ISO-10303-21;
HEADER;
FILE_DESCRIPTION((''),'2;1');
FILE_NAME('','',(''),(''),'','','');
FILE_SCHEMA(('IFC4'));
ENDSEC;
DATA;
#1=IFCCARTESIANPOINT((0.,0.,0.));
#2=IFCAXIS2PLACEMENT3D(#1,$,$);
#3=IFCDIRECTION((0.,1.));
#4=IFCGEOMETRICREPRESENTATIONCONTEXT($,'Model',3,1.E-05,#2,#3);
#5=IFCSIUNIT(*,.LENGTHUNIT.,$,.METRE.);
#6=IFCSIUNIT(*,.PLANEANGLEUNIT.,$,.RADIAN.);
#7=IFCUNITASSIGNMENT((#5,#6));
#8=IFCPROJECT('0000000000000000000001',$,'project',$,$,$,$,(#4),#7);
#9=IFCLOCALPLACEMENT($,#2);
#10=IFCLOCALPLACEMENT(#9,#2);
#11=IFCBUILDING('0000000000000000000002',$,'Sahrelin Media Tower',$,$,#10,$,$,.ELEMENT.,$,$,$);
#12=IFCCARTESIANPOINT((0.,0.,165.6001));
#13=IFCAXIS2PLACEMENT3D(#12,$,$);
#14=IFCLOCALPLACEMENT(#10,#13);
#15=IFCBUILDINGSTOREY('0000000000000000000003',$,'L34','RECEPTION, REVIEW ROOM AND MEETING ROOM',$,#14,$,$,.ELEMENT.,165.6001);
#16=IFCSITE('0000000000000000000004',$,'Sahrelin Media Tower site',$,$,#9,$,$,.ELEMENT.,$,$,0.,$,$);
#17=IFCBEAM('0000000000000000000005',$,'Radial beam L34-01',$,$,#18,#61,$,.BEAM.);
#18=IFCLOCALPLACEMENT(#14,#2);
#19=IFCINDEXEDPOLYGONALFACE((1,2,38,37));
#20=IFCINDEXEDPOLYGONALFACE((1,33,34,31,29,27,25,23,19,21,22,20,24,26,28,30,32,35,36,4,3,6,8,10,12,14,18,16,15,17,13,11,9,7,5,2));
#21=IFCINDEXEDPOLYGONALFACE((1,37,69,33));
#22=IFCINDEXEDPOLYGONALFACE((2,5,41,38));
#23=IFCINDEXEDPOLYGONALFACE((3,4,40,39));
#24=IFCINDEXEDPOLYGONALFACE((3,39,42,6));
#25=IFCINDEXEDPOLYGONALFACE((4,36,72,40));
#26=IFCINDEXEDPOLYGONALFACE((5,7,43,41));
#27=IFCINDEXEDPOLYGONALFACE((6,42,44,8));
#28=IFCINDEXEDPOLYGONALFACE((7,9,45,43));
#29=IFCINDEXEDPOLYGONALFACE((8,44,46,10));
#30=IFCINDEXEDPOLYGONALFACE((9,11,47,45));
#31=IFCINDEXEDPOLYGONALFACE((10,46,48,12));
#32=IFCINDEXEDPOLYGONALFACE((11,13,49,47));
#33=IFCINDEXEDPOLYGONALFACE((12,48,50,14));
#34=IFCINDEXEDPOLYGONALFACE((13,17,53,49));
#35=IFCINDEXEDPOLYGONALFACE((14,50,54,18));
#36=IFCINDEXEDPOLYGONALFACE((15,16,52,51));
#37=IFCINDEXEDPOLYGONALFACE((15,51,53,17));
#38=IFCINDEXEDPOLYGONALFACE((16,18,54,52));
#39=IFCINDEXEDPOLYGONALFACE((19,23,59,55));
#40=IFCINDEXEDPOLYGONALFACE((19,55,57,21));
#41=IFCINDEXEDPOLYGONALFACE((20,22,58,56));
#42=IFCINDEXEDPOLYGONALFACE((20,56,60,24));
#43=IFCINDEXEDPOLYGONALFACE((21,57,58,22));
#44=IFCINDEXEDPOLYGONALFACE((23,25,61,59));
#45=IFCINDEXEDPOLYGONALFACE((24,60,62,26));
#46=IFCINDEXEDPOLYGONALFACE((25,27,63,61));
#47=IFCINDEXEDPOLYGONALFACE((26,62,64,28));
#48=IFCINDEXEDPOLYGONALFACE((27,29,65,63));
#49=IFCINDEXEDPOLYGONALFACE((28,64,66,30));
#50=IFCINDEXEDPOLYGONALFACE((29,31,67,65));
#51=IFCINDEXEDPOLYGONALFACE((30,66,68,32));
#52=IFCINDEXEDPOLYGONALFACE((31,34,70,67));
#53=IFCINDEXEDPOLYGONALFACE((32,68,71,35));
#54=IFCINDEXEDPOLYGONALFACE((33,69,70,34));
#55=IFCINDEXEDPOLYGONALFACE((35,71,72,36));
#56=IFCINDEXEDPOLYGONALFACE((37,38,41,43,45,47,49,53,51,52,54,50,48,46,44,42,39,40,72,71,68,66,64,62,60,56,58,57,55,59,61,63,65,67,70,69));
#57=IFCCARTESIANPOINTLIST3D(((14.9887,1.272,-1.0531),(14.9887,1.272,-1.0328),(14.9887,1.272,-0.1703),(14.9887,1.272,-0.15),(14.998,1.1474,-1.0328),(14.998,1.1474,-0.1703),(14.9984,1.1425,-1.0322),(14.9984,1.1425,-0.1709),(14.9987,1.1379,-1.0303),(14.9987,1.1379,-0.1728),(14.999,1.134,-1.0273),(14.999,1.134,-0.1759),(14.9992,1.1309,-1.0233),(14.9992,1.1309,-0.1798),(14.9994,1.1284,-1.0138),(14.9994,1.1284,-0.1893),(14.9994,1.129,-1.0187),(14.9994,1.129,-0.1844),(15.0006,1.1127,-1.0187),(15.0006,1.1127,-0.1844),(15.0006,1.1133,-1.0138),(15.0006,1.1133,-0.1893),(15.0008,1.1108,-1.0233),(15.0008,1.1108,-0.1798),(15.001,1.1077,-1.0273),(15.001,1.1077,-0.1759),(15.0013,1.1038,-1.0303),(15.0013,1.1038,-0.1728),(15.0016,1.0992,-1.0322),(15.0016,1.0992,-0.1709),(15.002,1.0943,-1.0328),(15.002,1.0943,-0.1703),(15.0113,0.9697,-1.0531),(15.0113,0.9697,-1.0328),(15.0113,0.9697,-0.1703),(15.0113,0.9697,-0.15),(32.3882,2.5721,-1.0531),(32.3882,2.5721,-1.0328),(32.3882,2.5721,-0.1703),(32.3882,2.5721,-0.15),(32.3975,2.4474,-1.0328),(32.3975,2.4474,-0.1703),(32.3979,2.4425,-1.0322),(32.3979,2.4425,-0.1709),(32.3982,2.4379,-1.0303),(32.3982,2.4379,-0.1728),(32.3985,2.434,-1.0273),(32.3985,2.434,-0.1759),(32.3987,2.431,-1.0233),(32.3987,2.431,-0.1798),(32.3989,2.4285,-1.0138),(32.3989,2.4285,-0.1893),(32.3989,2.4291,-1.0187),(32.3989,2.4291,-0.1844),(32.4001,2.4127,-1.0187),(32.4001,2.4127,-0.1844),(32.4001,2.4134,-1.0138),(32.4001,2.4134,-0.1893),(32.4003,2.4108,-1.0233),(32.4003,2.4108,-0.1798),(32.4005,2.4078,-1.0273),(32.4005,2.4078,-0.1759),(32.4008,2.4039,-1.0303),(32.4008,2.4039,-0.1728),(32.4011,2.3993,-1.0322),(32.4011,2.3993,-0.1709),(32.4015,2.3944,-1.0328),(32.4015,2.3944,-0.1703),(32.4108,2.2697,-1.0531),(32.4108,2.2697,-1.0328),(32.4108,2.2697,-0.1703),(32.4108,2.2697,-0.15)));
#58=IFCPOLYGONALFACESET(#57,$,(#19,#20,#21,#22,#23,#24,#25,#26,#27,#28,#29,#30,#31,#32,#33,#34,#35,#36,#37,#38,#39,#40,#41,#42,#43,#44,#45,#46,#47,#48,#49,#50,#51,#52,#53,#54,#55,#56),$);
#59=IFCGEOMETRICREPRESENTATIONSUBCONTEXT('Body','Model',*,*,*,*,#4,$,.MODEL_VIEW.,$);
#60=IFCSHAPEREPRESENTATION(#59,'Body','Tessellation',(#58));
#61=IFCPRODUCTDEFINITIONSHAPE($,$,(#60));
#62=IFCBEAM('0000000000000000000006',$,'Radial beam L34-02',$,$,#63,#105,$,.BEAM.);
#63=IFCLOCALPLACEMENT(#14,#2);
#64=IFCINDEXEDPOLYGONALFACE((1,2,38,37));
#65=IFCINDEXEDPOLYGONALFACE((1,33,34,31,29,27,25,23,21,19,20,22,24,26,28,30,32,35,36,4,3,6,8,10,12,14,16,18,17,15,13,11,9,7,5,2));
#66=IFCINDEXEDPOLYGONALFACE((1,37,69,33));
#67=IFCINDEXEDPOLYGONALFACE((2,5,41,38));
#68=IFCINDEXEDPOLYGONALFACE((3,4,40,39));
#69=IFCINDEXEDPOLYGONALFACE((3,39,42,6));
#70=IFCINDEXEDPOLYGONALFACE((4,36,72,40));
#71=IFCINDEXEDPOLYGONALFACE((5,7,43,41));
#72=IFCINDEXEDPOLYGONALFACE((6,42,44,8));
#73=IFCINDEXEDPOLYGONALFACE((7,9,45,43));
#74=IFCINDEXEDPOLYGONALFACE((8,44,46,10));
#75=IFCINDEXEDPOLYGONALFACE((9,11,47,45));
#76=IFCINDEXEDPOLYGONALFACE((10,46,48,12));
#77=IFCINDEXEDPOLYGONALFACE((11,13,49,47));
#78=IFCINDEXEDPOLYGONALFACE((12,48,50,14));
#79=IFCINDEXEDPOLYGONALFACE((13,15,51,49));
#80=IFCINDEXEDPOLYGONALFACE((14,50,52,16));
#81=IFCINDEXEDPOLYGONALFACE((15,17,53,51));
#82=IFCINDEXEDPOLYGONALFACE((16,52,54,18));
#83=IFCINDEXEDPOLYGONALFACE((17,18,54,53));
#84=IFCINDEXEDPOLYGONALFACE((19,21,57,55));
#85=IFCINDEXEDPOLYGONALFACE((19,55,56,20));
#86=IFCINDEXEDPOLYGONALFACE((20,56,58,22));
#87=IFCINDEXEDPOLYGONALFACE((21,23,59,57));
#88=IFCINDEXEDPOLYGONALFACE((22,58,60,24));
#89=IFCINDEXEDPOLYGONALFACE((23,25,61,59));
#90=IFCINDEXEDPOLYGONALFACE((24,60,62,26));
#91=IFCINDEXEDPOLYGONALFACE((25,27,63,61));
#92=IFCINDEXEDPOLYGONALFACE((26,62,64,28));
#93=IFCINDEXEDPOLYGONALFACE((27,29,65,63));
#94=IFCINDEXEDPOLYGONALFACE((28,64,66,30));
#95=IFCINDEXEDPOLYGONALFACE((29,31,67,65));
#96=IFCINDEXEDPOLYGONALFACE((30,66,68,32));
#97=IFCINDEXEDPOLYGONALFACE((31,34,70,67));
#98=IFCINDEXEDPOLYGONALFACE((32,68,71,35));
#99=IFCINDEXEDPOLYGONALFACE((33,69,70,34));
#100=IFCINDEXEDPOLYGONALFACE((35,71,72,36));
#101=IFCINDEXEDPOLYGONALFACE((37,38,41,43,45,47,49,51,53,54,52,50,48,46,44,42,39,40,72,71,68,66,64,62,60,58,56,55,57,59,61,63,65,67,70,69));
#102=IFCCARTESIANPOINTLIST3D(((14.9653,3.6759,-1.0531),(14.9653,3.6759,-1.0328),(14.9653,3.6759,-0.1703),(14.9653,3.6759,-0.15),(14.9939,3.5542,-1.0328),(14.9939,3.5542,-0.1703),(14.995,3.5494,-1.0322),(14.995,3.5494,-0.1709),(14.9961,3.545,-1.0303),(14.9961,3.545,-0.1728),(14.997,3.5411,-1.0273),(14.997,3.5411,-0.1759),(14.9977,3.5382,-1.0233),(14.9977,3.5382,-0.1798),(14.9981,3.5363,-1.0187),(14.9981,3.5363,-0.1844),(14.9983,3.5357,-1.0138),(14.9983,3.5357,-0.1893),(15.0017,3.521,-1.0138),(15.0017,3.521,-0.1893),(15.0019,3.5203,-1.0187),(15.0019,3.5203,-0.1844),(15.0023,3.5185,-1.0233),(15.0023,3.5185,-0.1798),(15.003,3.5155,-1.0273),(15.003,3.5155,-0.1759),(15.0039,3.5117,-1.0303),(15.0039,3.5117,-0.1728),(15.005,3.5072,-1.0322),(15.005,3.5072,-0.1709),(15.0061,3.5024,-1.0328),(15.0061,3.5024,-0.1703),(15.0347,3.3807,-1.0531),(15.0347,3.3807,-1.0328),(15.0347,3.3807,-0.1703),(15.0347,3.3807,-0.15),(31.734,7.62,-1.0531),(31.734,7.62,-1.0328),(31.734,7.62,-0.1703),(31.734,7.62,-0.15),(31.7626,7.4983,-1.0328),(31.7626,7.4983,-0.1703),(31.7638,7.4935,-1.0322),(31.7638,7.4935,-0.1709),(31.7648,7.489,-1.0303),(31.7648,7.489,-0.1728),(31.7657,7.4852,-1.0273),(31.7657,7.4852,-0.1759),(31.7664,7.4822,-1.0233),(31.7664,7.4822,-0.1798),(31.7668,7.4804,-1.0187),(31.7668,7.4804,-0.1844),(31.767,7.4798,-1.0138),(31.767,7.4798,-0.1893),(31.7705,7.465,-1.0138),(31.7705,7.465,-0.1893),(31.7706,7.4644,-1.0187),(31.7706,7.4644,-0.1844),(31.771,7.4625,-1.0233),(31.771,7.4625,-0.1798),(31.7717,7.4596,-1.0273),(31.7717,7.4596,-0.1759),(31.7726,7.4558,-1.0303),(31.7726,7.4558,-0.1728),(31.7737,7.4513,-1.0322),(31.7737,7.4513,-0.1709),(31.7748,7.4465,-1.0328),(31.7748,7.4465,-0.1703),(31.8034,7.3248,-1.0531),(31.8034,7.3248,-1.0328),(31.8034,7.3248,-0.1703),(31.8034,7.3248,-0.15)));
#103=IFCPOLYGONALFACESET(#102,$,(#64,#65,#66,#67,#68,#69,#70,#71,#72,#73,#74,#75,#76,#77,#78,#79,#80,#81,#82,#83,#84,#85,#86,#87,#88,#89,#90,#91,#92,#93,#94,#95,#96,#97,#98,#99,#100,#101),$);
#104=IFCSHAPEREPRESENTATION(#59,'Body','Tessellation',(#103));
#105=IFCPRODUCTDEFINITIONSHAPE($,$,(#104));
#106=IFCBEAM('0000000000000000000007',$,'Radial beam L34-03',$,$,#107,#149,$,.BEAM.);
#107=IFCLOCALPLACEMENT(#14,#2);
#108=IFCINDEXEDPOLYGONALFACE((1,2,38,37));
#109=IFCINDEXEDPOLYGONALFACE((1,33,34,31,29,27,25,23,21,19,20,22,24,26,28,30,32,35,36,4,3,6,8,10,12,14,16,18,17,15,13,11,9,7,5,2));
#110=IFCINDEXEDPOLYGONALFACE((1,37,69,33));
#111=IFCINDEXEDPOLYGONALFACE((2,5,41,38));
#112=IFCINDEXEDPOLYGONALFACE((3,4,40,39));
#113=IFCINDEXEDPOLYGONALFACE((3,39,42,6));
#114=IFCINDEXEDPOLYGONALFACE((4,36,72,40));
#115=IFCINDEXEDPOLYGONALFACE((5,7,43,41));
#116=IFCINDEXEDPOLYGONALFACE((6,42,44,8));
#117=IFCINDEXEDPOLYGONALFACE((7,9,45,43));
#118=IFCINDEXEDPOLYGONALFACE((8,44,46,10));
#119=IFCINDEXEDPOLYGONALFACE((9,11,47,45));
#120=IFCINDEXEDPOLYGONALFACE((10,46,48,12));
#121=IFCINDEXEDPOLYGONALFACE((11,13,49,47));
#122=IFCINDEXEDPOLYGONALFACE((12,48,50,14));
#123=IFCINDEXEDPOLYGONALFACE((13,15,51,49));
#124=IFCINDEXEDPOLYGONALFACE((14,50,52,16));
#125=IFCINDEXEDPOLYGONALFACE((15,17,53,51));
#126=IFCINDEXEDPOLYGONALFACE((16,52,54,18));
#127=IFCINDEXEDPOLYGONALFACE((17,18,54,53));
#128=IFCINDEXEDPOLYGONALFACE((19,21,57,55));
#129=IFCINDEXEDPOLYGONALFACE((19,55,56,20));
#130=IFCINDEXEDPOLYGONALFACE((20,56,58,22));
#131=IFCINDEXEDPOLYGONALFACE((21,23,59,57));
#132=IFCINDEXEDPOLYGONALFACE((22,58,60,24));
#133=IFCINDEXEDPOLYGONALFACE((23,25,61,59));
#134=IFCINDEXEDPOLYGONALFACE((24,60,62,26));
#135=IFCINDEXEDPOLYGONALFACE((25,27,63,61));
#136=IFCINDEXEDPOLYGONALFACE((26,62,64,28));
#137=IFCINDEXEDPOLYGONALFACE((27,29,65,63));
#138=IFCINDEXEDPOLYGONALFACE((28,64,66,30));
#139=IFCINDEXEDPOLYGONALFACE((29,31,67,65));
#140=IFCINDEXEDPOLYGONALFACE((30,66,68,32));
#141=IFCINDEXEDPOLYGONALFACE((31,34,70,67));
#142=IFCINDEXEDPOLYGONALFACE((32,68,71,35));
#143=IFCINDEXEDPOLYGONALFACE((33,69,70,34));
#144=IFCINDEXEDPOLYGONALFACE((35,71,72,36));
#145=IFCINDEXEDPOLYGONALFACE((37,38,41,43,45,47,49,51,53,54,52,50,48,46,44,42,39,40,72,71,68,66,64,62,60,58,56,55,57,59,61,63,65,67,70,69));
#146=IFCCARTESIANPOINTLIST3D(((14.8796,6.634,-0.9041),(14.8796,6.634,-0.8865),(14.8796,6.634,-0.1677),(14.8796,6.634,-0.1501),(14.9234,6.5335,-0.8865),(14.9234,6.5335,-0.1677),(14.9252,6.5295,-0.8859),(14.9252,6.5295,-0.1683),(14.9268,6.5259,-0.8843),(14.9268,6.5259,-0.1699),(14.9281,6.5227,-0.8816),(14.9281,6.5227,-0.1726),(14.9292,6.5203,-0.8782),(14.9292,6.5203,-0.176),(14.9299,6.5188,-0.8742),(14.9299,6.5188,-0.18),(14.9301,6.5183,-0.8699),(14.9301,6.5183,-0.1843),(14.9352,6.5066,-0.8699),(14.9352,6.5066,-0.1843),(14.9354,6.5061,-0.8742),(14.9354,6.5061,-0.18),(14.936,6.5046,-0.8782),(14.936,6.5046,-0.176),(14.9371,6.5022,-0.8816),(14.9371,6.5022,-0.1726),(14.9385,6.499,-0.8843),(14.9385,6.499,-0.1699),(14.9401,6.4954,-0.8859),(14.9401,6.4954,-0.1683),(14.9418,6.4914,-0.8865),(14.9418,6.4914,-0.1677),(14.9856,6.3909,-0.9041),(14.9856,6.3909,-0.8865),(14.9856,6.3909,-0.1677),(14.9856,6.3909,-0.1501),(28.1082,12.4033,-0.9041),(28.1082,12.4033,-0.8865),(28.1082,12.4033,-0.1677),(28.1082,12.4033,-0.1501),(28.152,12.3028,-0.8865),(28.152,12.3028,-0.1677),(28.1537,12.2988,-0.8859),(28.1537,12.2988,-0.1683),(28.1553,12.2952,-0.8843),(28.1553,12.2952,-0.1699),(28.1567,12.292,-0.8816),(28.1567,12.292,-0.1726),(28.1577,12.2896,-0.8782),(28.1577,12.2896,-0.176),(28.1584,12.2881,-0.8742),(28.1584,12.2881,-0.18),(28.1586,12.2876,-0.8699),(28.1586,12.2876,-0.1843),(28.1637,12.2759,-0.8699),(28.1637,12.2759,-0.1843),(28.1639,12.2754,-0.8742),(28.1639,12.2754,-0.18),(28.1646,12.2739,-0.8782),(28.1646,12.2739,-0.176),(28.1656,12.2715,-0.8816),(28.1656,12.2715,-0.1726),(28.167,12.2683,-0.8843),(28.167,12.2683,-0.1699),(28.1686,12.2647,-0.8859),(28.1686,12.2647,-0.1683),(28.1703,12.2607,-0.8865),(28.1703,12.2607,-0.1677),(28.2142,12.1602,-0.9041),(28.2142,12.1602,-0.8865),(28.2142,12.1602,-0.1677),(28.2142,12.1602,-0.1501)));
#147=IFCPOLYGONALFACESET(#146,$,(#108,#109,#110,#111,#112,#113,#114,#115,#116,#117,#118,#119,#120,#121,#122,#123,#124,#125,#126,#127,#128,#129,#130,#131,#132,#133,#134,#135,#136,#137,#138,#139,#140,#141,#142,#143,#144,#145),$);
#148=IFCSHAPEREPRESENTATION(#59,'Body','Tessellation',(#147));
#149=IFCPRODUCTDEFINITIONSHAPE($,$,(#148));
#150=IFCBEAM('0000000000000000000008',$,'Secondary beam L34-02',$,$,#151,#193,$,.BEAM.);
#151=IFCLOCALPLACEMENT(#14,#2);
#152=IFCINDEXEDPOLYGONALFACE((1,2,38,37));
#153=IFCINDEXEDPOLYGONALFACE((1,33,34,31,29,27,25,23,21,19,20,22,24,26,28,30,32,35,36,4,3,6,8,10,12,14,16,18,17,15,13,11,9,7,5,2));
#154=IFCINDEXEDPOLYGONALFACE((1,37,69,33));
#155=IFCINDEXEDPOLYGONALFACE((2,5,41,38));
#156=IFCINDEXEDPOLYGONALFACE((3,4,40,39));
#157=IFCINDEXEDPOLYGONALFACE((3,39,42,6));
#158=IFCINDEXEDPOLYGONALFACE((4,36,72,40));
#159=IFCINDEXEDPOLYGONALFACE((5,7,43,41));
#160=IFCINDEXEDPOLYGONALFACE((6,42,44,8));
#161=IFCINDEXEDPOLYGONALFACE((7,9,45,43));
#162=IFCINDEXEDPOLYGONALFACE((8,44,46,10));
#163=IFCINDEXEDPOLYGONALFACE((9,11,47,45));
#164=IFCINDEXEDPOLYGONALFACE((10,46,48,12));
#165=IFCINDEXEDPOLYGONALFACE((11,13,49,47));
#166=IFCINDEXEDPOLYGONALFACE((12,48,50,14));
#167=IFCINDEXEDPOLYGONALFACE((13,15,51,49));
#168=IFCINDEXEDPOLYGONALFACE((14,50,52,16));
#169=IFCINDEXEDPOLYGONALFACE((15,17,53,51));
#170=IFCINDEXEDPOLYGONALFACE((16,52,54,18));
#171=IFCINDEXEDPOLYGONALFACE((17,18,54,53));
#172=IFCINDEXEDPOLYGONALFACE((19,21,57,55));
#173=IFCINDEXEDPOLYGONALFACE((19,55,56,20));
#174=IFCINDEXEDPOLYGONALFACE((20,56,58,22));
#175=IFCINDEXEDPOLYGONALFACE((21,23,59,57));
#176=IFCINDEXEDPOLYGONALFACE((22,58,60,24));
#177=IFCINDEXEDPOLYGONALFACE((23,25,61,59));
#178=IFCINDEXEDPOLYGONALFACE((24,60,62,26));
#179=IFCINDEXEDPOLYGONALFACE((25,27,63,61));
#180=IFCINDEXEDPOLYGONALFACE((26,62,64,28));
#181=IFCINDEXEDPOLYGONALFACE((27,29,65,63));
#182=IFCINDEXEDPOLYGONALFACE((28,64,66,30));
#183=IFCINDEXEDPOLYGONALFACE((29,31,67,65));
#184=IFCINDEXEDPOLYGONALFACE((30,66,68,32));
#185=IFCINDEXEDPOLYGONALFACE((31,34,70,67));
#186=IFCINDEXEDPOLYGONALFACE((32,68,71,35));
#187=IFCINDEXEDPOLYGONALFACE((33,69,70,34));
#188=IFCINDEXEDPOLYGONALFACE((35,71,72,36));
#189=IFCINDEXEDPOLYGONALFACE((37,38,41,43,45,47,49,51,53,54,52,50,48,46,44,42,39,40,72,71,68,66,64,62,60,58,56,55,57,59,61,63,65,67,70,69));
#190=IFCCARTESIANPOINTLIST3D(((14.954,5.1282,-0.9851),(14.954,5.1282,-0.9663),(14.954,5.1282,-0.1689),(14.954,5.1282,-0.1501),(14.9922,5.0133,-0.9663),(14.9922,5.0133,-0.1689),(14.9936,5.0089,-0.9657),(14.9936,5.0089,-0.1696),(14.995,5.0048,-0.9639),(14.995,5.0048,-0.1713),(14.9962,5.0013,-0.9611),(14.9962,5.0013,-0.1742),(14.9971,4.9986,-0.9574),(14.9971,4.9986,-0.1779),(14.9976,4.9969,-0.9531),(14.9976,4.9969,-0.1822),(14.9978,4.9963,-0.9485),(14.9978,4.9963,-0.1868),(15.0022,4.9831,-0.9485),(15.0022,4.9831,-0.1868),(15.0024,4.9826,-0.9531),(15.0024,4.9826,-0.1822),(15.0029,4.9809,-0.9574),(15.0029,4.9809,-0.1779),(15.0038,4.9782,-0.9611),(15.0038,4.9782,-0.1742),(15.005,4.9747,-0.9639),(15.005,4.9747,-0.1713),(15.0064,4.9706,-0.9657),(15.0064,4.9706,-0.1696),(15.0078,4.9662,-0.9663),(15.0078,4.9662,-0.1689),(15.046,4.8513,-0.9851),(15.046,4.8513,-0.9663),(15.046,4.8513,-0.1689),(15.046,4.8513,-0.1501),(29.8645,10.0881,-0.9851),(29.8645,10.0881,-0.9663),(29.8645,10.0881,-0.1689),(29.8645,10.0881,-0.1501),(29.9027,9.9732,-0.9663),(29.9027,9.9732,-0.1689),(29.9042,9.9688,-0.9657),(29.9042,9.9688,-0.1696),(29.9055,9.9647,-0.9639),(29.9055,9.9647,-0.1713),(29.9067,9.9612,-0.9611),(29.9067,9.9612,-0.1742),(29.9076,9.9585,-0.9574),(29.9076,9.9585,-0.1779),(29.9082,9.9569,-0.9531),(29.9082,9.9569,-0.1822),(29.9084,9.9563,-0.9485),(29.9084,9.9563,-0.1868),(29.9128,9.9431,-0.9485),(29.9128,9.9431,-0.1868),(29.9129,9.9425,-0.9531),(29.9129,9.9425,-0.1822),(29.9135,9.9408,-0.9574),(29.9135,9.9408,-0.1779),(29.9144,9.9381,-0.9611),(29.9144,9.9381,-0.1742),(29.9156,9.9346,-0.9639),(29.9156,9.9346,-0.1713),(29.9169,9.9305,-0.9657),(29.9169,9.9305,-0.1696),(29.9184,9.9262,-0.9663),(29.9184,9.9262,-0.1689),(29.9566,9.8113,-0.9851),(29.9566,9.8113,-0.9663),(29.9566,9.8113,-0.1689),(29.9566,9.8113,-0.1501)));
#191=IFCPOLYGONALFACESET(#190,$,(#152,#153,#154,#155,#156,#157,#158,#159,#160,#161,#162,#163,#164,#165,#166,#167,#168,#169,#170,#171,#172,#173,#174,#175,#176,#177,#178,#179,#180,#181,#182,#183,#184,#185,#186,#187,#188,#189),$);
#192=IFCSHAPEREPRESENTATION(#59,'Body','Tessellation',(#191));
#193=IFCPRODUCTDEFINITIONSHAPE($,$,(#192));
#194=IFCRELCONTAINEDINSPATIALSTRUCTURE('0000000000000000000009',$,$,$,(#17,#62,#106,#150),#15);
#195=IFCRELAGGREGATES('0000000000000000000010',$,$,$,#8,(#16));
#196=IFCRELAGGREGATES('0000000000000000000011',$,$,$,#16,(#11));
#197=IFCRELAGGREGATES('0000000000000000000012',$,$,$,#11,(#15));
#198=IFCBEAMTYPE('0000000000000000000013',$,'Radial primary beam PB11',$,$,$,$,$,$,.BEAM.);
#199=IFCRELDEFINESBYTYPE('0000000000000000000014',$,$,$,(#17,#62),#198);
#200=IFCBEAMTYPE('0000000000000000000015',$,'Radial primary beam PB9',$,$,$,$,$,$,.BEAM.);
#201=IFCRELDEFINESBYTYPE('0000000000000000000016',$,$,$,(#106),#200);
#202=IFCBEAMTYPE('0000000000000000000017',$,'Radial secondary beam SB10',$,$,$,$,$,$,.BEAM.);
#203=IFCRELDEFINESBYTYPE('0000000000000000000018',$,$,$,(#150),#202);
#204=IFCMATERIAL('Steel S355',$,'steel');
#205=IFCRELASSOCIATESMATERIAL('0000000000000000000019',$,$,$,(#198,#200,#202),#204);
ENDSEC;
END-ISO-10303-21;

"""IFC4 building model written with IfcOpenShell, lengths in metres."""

from ifc_helpers import new_model, si_unit, direction, frame, origin, origin_2d, place, context, subcontext, project, spatial, i_section, extrude, material, material_profile, profile_set, type_object, element, save


model = new_model("IFC4")

# Units and contexts
model_context = context("Model", 3, precision=1e-05, world=origin(), true_north=direction((0.0, 1.0)))
body_context = subcontext(model_context, "Body", "Model", "MODEL_VIEW")
ifc_project = project(units=[si_unit("LENGTHUNIT", "METRE"), si_unit("PLANEANGLEUNIT", "RADIAN")], contexts=[model_context])

# Site, building, storey
site_placement = place(None, origin())
site = spatial("IfcSite", under=ifc_project, at=site_placement, Name="Sahrelin Media Tower site", CompositionType="ELEMENT", RefElevation=0.0)
building_placement = place(site_placement, origin())
building = spatial("IfcBuilding", under=site, at=building_placement, Name="Sahrelin Media Tower", CompositionType="ELEMENT")
storey_placement = place(building_placement, frame((0.0, 0.0, 165.6001)))
storey = spatial("IfcBuildingStorey", under=building, at=storey_placement, Name="L34", Description="RECEPTION, REVIEW ROOM AND MEETING ROOM", CompositionType="ELEMENT", Elevation=165.6001)

# Beams
ifc_material_1 = material(Name="Steel S355", Category="steel")
ifc_material_profile_1 = material_profile(ifc_material_1, i_section(OverallWidth=0.3032, OverallDepth=0.9031, WebThickness=0.0151, FlangeThickness=0.0203, FilletRadius=0.019, at=origin_2d()), Name="UB 914x305x201")
ifc_profile_set_1 = profile_set([ifc_material_profile_1], Name="Steel S355")
beam_type_1 = type_object("IfcBeamType", Name="Radial primary beam PB11", PredefinedType="BEAM", material=ifc_profile_set_1)
beam_1_placement = place(storey_placement, frame((15.0, 1.1208, -0.6016), z_axis=(0.99722, 0.07451, 0.0), x_axis=(-0.07451, 0.99722, 0.0)))
element("IfcBeam", 1, at=beam_1_placement, inside=storey, type_object=beam_type_1, Name="Radial beam L34-01", PredefinedType="BEAM", context=body_context, shape_type="SweptSolid", body=[
    extrude(i_section(OverallWidth=0.3032, OverallDepth=0.9031, WebThickness=0.0151, FlangeThickness=0.0203, FilletRadius=0.019, at=origin_2d()), origin(), (0.0, 0.0, 1.0), 17.448),
])
beam_2_placement = place(storey_placement, frame((15.0, 3.5283, -0.6016), z_axis=(0.973437, 0.228956, 0.0), x_axis=(-0.228956, 0.973437, 0.0)))
element("IfcBeam", 2, at=beam_2_placement, inside=storey, type_object=beam_type_1, Name="Radial beam L34-02", PredefinedType="BEAM", context=body_context, shape_type="SweptSolid", body=[
    extrude(i_section(OverallWidth=0.3032, OverallDepth=0.9031, WebThickness=0.0151, FlangeThickness=0.0203, FilletRadius=0.019, at=origin_2d()), origin(), (0.0, 0.0, 1.0), 17.2263),
])
ifc_material_profile_2 = material_profile(ifc_material_1, i_section(OverallWidth=0.2651, OverallDepth=0.7539, WebThickness=0.0127, FlangeThickness=0.0176, FilletRadius=0.0166, at=origin_2d()), Name="UB 762x267x147")
ifc_profile_set_2 = profile_set([ifc_material_profile_2], Name="Steel S355")
beam_type_2 = type_object("IfcBeamType", Name="Radial primary beam PB9", PredefinedType="BEAM", material=ifc_profile_set_2)
beam_3_placement = place(storey_placement, frame((14.9326, 6.5125, -0.5271), z_axis=(0.91662, 0.399761, 0.0), x_axis=(-0.399761, 0.91662, 0.0)))
element("IfcBeam", 3, at=beam_3_placement, inside=storey, type_object=beam_type_2, Name="Radial beam L34-03", PredefinedType="BEAM", context=body_context, shape_type="SweptSolid", body=[
    extrude(i_section(OverallWidth=0.2651, OverallDepth=0.7539, WebThickness=0.0127, FlangeThickness=0.0176, FilletRadius=0.0166, at=origin_2d()), origin(), (0.0, 0.0, 1.0), 14.4319),
])
ifc_material_profile_3 = material_profile(ifc_material_1, i_section(OverallWidth=0.2917, OverallDepth=0.835, WebThickness=0.0139, FlangeThickness=0.0188, FilletRadius=0.0178, at=origin_2d()), Name="UB 838x292x176")
ifc_profile_set_3 = profile_set([ifc_material_profile_3], Name="Steel S355")
beam_type_3 = type_object("IfcBeamType", Name="Radial secondary beam SB10", PredefinedType="BEAM", material=ifc_profile_set_3)
beam_4_placement = place(storey_placement, frame((15.0, 4.9897, -0.5676), z_axis=(0.948879, 0.31564, 0.0), x_axis=(-0.31564, 0.948879, 0.0)))
element("IfcBeam", 4, at=beam_4_placement, inside=storey, type_object=beam_type_3, Name="Secondary beam L34-02", PredefinedType="BEAM", context=body_context, shape_type="SweptSolid", body=[
    extrude(i_section(OverallWidth=0.2917, OverallDepth=0.835, WebThickness=0.0139, FlangeThickness=0.0188, FilletRadius=0.0178, at=origin_2d()), origin(), (0.0, 0.0, 1.0), 15.7139),
])

save(model, "model.ifc")
